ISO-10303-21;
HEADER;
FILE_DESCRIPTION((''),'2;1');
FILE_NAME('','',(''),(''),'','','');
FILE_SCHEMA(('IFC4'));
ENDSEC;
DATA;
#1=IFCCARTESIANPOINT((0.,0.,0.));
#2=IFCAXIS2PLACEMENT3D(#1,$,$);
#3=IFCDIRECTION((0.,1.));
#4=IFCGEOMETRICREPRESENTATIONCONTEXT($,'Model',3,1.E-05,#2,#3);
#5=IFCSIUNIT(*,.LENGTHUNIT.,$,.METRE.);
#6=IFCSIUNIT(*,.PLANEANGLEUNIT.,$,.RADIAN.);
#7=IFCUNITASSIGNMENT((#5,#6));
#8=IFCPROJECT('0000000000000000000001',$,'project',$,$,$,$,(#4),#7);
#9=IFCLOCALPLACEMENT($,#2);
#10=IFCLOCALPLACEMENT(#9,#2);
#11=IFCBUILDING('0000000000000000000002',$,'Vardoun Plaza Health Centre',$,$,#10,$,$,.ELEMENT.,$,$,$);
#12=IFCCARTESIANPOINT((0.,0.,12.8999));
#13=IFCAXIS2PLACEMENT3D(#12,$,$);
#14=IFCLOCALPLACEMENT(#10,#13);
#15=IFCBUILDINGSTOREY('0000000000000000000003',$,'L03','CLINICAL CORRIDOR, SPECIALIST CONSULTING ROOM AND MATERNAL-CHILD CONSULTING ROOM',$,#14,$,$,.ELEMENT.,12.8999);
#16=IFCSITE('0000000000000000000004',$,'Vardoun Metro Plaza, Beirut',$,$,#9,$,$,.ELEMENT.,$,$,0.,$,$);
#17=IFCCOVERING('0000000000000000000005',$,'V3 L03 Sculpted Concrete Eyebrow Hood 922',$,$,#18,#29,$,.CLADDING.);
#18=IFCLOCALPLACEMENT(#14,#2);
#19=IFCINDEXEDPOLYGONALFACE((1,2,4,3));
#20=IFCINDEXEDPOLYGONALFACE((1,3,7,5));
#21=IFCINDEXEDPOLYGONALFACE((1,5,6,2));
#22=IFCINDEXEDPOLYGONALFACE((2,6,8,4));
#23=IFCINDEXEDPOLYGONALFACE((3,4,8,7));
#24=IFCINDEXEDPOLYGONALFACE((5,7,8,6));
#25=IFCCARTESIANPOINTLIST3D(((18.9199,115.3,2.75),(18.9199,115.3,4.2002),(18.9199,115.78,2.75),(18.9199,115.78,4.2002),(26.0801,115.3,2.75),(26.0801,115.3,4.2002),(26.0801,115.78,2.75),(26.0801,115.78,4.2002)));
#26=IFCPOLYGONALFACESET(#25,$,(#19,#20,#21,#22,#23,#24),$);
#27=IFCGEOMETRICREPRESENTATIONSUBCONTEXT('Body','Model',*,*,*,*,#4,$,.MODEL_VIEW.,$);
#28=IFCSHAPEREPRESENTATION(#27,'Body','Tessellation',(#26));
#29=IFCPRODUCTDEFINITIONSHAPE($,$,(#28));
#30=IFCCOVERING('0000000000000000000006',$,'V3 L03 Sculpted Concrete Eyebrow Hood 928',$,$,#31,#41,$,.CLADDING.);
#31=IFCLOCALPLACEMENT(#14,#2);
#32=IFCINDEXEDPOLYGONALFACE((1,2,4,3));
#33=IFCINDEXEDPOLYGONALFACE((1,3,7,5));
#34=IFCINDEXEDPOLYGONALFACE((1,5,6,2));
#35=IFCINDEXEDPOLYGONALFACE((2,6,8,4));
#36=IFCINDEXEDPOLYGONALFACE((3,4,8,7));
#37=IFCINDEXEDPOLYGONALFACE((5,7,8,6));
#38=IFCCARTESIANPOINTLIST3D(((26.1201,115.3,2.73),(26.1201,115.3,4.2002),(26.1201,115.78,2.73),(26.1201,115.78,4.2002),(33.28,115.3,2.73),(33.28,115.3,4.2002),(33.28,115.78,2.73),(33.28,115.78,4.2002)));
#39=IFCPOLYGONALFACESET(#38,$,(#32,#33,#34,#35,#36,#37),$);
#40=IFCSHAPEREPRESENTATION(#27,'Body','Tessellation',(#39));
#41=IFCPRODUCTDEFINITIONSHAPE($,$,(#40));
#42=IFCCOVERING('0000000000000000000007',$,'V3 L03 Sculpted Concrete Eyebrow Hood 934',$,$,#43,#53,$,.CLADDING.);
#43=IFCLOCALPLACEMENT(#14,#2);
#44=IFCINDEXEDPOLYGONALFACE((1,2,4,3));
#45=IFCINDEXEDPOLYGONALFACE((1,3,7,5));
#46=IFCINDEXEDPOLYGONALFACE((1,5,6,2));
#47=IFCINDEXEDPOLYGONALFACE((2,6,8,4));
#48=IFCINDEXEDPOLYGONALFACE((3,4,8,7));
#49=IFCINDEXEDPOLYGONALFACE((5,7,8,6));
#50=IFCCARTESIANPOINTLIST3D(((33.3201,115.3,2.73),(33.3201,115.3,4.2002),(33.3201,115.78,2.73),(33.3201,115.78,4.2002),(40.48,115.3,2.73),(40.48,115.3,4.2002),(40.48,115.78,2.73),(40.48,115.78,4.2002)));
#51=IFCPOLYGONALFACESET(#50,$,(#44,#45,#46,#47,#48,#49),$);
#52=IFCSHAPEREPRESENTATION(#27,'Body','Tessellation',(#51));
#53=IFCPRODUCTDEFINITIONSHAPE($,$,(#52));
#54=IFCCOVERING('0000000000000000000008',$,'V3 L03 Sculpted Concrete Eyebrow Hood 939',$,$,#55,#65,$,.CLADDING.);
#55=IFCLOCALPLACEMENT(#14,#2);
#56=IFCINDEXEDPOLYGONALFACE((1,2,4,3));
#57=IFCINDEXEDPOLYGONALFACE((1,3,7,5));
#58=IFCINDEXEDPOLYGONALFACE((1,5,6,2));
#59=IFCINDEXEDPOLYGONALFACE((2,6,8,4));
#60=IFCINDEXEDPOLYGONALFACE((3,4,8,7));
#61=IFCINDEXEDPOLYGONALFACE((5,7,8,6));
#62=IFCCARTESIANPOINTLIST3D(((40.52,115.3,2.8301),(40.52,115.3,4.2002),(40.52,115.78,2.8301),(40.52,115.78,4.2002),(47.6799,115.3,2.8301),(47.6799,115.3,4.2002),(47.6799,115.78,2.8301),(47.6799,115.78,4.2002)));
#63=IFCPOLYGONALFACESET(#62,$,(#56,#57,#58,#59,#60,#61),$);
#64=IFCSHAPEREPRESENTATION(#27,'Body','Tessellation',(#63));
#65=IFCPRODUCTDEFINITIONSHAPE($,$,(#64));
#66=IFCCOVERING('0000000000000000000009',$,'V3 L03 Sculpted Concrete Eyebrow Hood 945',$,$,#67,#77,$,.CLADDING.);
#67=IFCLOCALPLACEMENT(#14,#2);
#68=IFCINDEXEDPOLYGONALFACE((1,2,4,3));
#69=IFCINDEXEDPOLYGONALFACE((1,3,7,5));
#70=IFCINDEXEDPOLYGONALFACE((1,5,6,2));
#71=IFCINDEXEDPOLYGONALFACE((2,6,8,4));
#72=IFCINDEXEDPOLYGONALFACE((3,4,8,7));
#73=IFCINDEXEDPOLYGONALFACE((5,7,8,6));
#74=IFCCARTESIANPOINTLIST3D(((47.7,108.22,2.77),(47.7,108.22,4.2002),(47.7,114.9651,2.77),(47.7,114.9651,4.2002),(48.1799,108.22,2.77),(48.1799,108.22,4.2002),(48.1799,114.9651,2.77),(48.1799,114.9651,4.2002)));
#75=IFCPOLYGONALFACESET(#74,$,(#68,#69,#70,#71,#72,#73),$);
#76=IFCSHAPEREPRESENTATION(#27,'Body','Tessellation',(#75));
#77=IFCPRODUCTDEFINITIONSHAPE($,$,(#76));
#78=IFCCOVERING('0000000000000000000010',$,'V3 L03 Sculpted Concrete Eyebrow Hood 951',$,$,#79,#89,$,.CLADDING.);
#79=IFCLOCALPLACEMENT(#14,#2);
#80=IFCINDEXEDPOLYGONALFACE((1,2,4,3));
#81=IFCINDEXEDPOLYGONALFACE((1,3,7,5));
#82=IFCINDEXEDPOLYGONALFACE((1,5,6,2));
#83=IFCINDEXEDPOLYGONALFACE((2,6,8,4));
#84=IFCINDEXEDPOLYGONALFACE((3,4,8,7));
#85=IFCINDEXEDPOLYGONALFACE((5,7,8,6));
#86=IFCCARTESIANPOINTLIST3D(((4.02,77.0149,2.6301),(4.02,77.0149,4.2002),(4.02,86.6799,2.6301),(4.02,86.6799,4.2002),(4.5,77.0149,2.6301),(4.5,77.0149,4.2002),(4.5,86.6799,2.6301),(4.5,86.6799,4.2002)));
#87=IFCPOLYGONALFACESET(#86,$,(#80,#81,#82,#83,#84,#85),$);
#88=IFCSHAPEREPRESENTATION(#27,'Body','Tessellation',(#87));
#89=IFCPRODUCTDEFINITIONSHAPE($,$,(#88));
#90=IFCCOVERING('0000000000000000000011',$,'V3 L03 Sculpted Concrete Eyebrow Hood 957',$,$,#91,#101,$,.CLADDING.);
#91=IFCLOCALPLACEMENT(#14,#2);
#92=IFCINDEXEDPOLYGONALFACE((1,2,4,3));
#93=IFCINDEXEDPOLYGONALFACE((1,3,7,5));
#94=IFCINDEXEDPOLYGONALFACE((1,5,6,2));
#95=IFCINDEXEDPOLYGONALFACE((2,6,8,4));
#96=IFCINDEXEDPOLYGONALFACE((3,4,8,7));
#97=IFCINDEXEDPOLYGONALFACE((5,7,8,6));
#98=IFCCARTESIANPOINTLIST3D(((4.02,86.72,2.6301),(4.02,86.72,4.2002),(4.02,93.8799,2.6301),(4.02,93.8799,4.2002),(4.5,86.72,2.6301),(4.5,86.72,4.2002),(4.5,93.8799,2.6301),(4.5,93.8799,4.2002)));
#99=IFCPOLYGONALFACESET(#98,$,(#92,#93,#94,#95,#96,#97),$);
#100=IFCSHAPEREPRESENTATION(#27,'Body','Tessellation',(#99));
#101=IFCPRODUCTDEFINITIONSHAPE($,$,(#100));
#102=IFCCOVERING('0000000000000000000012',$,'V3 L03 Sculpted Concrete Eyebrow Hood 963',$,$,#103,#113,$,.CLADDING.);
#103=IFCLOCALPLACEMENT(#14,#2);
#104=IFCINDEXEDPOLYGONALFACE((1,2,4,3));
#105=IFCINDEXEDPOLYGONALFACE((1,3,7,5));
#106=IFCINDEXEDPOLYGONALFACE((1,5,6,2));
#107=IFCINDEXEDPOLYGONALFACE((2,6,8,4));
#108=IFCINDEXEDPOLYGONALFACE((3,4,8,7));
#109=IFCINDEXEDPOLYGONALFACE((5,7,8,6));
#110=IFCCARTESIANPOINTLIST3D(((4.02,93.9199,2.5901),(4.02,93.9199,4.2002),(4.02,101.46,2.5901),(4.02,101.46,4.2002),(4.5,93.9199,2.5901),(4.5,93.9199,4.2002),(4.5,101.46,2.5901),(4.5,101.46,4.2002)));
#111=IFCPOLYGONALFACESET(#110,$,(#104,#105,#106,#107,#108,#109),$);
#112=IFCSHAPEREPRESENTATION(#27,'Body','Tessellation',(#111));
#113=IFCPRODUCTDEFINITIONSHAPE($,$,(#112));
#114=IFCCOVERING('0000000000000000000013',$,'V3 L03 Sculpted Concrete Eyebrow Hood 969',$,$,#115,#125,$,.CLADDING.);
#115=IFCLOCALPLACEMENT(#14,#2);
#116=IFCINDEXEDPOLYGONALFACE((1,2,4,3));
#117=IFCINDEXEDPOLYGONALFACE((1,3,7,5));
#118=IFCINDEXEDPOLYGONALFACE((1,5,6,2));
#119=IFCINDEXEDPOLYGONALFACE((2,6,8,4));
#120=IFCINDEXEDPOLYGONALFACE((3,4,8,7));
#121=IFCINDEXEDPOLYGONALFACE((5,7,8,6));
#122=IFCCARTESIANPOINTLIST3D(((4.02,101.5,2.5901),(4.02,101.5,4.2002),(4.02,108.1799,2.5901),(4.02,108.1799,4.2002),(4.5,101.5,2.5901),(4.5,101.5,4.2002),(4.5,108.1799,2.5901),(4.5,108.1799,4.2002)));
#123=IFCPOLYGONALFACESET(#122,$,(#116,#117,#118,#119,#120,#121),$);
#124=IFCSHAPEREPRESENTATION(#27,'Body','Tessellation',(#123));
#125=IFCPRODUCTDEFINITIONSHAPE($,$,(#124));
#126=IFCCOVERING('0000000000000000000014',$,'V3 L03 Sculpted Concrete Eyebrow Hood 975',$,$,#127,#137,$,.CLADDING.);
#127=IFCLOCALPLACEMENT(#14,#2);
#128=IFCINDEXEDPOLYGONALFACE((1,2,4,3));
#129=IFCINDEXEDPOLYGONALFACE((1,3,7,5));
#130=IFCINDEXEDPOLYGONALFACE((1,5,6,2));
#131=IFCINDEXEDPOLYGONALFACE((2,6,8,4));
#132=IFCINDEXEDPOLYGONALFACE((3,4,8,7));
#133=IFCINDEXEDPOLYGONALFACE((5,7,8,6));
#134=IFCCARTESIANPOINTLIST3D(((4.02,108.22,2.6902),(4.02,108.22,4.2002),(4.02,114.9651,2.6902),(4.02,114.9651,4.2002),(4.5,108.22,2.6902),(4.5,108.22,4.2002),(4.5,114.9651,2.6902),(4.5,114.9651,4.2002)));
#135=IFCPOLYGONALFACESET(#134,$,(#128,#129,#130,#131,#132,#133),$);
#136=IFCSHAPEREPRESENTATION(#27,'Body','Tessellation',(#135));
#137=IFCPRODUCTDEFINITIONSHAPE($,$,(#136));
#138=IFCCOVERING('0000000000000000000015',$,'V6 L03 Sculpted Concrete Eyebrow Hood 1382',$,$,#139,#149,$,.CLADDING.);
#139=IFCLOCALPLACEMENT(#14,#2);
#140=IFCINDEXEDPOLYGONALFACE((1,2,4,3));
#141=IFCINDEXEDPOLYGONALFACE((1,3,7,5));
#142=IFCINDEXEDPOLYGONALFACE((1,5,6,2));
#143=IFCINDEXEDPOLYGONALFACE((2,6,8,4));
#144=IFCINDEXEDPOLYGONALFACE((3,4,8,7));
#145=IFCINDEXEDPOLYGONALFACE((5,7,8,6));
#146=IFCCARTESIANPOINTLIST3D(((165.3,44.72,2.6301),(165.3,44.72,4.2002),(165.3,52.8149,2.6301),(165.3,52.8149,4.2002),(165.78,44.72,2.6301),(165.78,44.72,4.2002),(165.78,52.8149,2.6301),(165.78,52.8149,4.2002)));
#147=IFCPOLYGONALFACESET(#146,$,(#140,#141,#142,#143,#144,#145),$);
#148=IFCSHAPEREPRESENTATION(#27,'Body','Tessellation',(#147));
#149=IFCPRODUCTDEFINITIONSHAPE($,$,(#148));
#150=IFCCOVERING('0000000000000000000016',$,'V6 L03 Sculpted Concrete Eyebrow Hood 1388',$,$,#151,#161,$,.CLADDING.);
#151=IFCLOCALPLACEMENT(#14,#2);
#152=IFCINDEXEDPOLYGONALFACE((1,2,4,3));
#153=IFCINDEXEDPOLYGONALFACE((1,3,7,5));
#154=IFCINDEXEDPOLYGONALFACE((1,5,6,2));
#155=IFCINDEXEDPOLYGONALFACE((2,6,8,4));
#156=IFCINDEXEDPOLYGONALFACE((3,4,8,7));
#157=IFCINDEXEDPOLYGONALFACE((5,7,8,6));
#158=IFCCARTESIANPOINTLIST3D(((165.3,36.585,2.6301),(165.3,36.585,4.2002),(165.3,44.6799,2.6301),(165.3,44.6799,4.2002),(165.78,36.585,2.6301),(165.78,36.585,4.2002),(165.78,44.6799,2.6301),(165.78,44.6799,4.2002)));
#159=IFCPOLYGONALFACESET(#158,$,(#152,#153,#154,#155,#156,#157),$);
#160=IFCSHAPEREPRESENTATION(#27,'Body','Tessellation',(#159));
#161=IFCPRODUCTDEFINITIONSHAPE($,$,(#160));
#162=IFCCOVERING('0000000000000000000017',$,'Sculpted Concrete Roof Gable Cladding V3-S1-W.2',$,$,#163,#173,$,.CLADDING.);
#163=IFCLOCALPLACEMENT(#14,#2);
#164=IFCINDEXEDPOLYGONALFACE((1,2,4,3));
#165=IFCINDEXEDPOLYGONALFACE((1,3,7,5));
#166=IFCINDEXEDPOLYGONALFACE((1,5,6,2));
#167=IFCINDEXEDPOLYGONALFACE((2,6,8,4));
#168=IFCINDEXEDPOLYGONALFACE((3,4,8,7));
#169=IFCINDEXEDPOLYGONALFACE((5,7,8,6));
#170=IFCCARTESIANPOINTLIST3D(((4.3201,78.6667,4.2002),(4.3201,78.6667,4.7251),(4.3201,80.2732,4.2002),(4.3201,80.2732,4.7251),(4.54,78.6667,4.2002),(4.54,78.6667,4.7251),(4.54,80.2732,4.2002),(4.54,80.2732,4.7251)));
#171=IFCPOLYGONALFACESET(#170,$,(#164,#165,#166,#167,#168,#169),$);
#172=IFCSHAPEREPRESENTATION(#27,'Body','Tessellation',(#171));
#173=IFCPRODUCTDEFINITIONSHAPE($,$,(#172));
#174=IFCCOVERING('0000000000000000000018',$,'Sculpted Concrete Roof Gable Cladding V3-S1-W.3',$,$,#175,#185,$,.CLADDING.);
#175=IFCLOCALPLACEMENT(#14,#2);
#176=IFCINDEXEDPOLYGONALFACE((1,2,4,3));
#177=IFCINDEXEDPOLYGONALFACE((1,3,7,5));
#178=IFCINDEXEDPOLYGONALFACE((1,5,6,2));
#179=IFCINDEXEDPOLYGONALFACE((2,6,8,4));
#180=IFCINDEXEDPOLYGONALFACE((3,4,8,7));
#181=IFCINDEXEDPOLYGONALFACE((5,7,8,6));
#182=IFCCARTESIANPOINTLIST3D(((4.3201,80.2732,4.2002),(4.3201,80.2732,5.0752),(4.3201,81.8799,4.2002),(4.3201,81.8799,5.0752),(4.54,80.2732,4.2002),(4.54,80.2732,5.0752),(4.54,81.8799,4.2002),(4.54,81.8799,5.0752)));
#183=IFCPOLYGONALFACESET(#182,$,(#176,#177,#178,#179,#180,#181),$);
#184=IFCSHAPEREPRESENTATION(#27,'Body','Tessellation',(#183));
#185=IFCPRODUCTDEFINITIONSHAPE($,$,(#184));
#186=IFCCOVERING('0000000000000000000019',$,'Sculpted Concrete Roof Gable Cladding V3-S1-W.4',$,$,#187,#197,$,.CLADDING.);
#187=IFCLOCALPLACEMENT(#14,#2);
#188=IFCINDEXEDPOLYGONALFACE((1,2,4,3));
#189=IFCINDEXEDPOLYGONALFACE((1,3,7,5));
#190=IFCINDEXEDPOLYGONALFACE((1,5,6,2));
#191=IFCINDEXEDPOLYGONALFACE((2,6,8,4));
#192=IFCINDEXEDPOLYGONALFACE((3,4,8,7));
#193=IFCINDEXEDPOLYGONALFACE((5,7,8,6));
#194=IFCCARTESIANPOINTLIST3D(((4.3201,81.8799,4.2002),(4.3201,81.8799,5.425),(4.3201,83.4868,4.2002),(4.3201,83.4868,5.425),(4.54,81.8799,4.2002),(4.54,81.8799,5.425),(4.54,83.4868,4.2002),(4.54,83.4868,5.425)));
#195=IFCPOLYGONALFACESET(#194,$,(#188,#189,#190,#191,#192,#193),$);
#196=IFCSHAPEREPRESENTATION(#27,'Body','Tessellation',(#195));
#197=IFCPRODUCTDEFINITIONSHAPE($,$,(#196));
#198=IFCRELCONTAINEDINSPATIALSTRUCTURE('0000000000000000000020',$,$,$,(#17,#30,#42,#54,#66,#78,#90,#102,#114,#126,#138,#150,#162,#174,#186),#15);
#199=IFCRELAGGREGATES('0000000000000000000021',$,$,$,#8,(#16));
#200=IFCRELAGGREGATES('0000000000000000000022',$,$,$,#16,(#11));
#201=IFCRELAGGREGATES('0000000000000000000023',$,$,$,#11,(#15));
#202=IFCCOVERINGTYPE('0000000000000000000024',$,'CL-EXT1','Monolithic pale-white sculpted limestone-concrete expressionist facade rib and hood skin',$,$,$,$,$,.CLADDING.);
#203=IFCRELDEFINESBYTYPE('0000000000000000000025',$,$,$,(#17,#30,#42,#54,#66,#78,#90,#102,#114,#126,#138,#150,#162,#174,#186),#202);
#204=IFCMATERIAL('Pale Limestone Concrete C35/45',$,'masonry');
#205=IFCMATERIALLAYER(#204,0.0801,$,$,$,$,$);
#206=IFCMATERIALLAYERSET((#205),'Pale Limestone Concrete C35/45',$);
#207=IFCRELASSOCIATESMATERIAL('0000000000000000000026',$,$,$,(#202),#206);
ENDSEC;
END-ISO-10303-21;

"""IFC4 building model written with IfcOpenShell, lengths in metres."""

from ifc_helpers import new_model, si_unit, direction, frame, origin, place, context, subcontext, project, spatial, polyline, outline, extrude, material, layer, layer_set, type_object, element, save


model = new_model("IFC4")

# Units and contexts
model_context = context("Model", 3, precision=1e-05, world=origin(), true_north=direction((0.0, 1.0)))
body_context = subcontext(model_context, "Body", "Model", "MODEL_VIEW")
ifc_project = project(units=[si_unit("LENGTHUNIT", "METRE"), si_unit("PLANEANGLEUNIT", "RADIAN")], contexts=[model_context])

# Site, building, storey
site_placement = place(None, origin())
site = spatial("IfcSite", under=ifc_project, at=site_placement, Name="Vardoun Metro Plaza, Beirut", CompositionType="ELEMENT", RefElevation=0.0)
building_placement = place(site_placement, origin())
building = spatial("IfcBuilding", under=site, at=building_placement, Name="Vardoun Plaza Health Centre", CompositionType="ELEMENT")
storey_placement = place(building_placement, frame((0.0, 0.0, 12.8999)))
storey = spatial("IfcBuildingStorey", under=building, at=storey_placement, Name="L03", Description="CLINICAL CORRIDOR, SPECIALIST CONSULTING ROOM AND MATERNAL-CHILD CONSULTING ROOM", CompositionType="ELEMENT", Elevation=12.8999)

# Coverings
ifc_material = material(Name="Pale Limestone Concrete C35/45", Category="masonry")
ifc_layer = layer(ifc_material, 0.0801)
ifc_layer_set = layer_set([ifc_layer], Name="Pale Limestone Concrete C35/45")
covering_type = type_object("IfcCoveringType", Name="CL-EXT1", Description="Monolithic pale-white sculpted limestone-concrete expressionist facade rib and hood skin", PredefinedType="CLADDING", material=ifc_layer_set)
covering_1_placement = place(storey_placement, frame((0.0, 0.0, 2.75)))
element("IfcCovering", 1, at=covering_1_placement, inside=storey, type_object=covering_type, Name="V3 L03 Sculpted Concrete Eyebrow Hood 922", PredefinedType="CLADDING", context=body_context, shape_type="SweptSolid", body=[
    extrude(outline(polyline([(18.9199, 115.3), (26.0801, 115.3), (26.0801, 115.78), (18.9199, 115.78), (18.9199, 115.3)])), origin(), (0.0, 0.0, 1.0), 1.4502),
])
covering_2_placement = place(storey_placement, frame((0.0, 0.0, 2.73)))
element("IfcCovering", 2, at=covering_2_placement, inside=storey, type_object=covering_type, Name="V3 L03 Sculpted Concrete Eyebrow Hood 928", PredefinedType="CLADDING", context=body_context, shape_type="SweptSolid", body=[
    extrude(outline(polyline([(26.1201, 115.3), (33.28, 115.3), (33.28, 115.78), (26.1201, 115.78), (26.1201, 115.3)])), origin(), (0.0, 0.0, 1.0), 1.4702),
])
covering_3_placement = place(storey_placement, frame((0.0, 0.0, 2.73)))
element("IfcCovering", 3, at=covering_3_placement, inside=storey, type_object=covering_type, Name="V3 L03 Sculpted Concrete Eyebrow Hood 934", PredefinedType="CLADDING", context=body_context, shape_type="SweptSolid", body=[
    extrude(outline(polyline([(33.3201, 115.3), (40.48, 115.3), (40.48, 115.78), (33.3201, 115.78), (33.3201, 115.3)])), origin(), (0.0, 0.0, 1.0), 1.4702),
])
covering_4_placement = place(storey_placement, frame((0.0, 0.0, 2.8301)))
element("IfcCovering", 4, at=covering_4_placement, inside=storey, type_object=covering_type, Name="V3 L03 Sculpted Concrete Eyebrow Hood 939", PredefinedType="CLADDING", context=body_context, shape_type="SweptSolid", body=[
    extrude(outline(polyline([(40.52, 115.3), (47.6799, 115.3), (47.6799, 115.78), (40.52, 115.78), (40.52, 115.3)])), origin(), (0.0, 0.0, 1.0), 1.3701),
])
covering_5_placement = place(storey_placement, frame((0.0, 0.0, 2.77)))
element("IfcCovering", 5, at=covering_5_placement, inside=storey, type_object=covering_type, Name="V3 L03 Sculpted Concrete Eyebrow Hood 945", PredefinedType="CLADDING", context=body_context, shape_type="SweptSolid", body=[
    extrude(outline(polyline([(47.7, 114.9651), (47.7, 108.22), (48.1799, 108.22), (48.1799, 114.9651), (47.7, 114.9651)])), origin(), (0.0, 0.0, 1.0), 1.4302),
])
covering_6_placement = place(storey_placement, frame((0.0, 0.0, 2.6301)))
element("IfcCovering", 6, at=covering_6_placement, inside=storey, type_object=covering_type, Name="V3 L03 Sculpted Concrete Eyebrow Hood 951", PredefinedType="CLADDING", context=body_context, shape_type="SweptSolid", body=[
    extrude(outline(polyline([(4.5, 77.0149), (4.5, 86.6799), (4.02, 86.6799), (4.02, 77.0149), (4.5, 77.0149)])), origin(), (0.0, 0.0, 1.0), 1.5701),
])
covering_7_placement = place(storey_placement, frame((0.0, 0.0, 2.6301)))
element("IfcCovering", 7, at=covering_7_placement, inside=storey, type_object=covering_type, Name="V3 L03 Sculpted Concrete Eyebrow Hood 957", PredefinedType="CLADDING", context=body_context, shape_type="SweptSolid", body=[
    extrude(outline(polyline([(4.5, 86.72), (4.5, 93.8799), (4.02, 93.8799), (4.02, 86.72), (4.5, 86.72)])), origin(), (0.0, 0.0, 1.0), 1.5701),
])
covering_8_placement = place(storey_placement, frame((0.0, 0.0, 2.5901)))
element("IfcCovering", 8, at=covering_8_placement, inside=storey, type_object=covering_type, Name="V3 L03 Sculpted Concrete Eyebrow Hood 963", PredefinedType="CLADDING", context=body_context, shape_type="SweptSolid", body=[
    extrude(outline(polyline([(4.5, 93.9199), (4.5, 101.46), (4.02, 101.46), (4.02, 93.9199), (4.5, 93.9199)])), origin(), (0.0, 0.0, 1.0), 1.6101),
])
covering_9_placement = place(storey_placement, frame((0.0, 0.0, 2.5901)))
element("IfcCovering", 9, at=covering_9_placement, inside=storey, type_object=covering_type, Name="V3 L03 Sculpted Concrete Eyebrow Hood 969", PredefinedType="CLADDING", context=body_context, shape_type="SweptSolid", body=[
    extrude(outline(polyline([(4.5, 101.5), (4.5, 108.1799), (4.02, 108.1799), (4.02, 101.5), (4.5, 101.5)])), origin(), (0.0, 0.0, 1.0), 1.6101),
])
covering_10_placement = place(storey_placement, frame((0.0, 0.0, 2.6902)))
element("IfcCovering", 10, at=covering_10_placement, inside=storey, type_object=covering_type, Name="V3 L03 Sculpted Concrete Eyebrow Hood 975", PredefinedType="CLADDING", context=body_context, shape_type="SweptSolid", body=[
    extrude(outline(polyline([(4.5, 108.22), (4.5, 114.9651), (4.02, 114.9651), (4.02, 108.22), (4.5, 108.22)])), origin(), (0.0, 0.0, 1.0), 1.51),
])
covering_11_placement = place(storey_placement, frame((0.0, 0.0, 2.6301)))
element("IfcCovering", 11, at=covering_11_placement, inside=storey, type_object=covering_type, Name="V6 L03 Sculpted Concrete Eyebrow Hood 1382", PredefinedType="CLADDING", context=body_context, shape_type="SweptSolid", body=[
    extrude(outline(polyline([(165.3, 52.8149), (165.3, 44.72), (165.78, 44.72), (165.78, 52.8149), (165.3, 52.8149)])), origin(), (0.0, 0.0, 1.0), 1.5701),
])
covering_12_placement = place(storey_placement, frame((0.0, 0.0, 2.6301)))
element("IfcCovering", 12, at=covering_12_placement, inside=storey, type_object=covering_type, Name="V6 L03 Sculpted Concrete Eyebrow Hood 1388", PredefinedType="CLADDING", context=body_context, shape_type="SweptSolid", body=[
    extrude(outline(polyline([(165.3, 44.6799), (165.3, 36.585), (165.78, 36.585), (165.78, 44.6799), (165.3, 44.6799)])), origin(), (0.0, 0.0, 1.0), 1.5701),
])
covering_13_placement = place(storey_placement, frame((0.0, 0.0, 4.2002)))
element("IfcCovering", 13, at=covering_13_placement, inside=storey, type_object=covering_type, Name="Sculpted Concrete Roof Gable Cladding V3-S1-W.2", PredefinedType="CLADDING", context=body_context, shape_type="SweptSolid", body=[
    extrude(outline(polyline([(4.54, 78.6667), (4.54, 80.2732), (4.3201, 80.2732), (4.3201, 78.6667), (4.54, 78.6667)])), origin(), (0.0, 0.0, 1.0), 0.5249),
])
covering_14_placement = place(storey_placement, frame((0.0, 0.0, 4.2002)))
element("IfcCovering", 14, at=covering_14_placement, inside=storey, type_object=covering_type, Name="Sculpted Concrete Roof Gable Cladding V3-S1-W.3", PredefinedType="CLADDING", context=body_context, shape_type="SweptSolid", body=[
    extrude(outline(polyline([(4.54, 80.2732), (4.54, 81.8799), (4.3201, 81.8799), (4.3201, 80.2732), (4.54, 80.2732)])), origin(), (0.0, 0.0, 1.0), 0.875),
])
covering_15_placement = place(storey_placement, frame((0.0, 0.0, 4.2002)))
element("IfcCovering", 15, at=covering_15_placement, inside=storey, type_object=covering_type, Name="Sculpted Concrete Roof Gable Cladding V3-S1-W.4", PredefinedType="CLADDING", context=body_context, shape_type="SweptSolid", body=[
    extrude(outline(polyline([(4.54, 81.8799), (4.54, 83.4868), (4.3201, 83.4868), (4.3201, 81.8799), (4.54, 81.8799)])), origin(), (0.0, 0.0, 1.0), 1.2249),
])

save(model, "model.ifc")
